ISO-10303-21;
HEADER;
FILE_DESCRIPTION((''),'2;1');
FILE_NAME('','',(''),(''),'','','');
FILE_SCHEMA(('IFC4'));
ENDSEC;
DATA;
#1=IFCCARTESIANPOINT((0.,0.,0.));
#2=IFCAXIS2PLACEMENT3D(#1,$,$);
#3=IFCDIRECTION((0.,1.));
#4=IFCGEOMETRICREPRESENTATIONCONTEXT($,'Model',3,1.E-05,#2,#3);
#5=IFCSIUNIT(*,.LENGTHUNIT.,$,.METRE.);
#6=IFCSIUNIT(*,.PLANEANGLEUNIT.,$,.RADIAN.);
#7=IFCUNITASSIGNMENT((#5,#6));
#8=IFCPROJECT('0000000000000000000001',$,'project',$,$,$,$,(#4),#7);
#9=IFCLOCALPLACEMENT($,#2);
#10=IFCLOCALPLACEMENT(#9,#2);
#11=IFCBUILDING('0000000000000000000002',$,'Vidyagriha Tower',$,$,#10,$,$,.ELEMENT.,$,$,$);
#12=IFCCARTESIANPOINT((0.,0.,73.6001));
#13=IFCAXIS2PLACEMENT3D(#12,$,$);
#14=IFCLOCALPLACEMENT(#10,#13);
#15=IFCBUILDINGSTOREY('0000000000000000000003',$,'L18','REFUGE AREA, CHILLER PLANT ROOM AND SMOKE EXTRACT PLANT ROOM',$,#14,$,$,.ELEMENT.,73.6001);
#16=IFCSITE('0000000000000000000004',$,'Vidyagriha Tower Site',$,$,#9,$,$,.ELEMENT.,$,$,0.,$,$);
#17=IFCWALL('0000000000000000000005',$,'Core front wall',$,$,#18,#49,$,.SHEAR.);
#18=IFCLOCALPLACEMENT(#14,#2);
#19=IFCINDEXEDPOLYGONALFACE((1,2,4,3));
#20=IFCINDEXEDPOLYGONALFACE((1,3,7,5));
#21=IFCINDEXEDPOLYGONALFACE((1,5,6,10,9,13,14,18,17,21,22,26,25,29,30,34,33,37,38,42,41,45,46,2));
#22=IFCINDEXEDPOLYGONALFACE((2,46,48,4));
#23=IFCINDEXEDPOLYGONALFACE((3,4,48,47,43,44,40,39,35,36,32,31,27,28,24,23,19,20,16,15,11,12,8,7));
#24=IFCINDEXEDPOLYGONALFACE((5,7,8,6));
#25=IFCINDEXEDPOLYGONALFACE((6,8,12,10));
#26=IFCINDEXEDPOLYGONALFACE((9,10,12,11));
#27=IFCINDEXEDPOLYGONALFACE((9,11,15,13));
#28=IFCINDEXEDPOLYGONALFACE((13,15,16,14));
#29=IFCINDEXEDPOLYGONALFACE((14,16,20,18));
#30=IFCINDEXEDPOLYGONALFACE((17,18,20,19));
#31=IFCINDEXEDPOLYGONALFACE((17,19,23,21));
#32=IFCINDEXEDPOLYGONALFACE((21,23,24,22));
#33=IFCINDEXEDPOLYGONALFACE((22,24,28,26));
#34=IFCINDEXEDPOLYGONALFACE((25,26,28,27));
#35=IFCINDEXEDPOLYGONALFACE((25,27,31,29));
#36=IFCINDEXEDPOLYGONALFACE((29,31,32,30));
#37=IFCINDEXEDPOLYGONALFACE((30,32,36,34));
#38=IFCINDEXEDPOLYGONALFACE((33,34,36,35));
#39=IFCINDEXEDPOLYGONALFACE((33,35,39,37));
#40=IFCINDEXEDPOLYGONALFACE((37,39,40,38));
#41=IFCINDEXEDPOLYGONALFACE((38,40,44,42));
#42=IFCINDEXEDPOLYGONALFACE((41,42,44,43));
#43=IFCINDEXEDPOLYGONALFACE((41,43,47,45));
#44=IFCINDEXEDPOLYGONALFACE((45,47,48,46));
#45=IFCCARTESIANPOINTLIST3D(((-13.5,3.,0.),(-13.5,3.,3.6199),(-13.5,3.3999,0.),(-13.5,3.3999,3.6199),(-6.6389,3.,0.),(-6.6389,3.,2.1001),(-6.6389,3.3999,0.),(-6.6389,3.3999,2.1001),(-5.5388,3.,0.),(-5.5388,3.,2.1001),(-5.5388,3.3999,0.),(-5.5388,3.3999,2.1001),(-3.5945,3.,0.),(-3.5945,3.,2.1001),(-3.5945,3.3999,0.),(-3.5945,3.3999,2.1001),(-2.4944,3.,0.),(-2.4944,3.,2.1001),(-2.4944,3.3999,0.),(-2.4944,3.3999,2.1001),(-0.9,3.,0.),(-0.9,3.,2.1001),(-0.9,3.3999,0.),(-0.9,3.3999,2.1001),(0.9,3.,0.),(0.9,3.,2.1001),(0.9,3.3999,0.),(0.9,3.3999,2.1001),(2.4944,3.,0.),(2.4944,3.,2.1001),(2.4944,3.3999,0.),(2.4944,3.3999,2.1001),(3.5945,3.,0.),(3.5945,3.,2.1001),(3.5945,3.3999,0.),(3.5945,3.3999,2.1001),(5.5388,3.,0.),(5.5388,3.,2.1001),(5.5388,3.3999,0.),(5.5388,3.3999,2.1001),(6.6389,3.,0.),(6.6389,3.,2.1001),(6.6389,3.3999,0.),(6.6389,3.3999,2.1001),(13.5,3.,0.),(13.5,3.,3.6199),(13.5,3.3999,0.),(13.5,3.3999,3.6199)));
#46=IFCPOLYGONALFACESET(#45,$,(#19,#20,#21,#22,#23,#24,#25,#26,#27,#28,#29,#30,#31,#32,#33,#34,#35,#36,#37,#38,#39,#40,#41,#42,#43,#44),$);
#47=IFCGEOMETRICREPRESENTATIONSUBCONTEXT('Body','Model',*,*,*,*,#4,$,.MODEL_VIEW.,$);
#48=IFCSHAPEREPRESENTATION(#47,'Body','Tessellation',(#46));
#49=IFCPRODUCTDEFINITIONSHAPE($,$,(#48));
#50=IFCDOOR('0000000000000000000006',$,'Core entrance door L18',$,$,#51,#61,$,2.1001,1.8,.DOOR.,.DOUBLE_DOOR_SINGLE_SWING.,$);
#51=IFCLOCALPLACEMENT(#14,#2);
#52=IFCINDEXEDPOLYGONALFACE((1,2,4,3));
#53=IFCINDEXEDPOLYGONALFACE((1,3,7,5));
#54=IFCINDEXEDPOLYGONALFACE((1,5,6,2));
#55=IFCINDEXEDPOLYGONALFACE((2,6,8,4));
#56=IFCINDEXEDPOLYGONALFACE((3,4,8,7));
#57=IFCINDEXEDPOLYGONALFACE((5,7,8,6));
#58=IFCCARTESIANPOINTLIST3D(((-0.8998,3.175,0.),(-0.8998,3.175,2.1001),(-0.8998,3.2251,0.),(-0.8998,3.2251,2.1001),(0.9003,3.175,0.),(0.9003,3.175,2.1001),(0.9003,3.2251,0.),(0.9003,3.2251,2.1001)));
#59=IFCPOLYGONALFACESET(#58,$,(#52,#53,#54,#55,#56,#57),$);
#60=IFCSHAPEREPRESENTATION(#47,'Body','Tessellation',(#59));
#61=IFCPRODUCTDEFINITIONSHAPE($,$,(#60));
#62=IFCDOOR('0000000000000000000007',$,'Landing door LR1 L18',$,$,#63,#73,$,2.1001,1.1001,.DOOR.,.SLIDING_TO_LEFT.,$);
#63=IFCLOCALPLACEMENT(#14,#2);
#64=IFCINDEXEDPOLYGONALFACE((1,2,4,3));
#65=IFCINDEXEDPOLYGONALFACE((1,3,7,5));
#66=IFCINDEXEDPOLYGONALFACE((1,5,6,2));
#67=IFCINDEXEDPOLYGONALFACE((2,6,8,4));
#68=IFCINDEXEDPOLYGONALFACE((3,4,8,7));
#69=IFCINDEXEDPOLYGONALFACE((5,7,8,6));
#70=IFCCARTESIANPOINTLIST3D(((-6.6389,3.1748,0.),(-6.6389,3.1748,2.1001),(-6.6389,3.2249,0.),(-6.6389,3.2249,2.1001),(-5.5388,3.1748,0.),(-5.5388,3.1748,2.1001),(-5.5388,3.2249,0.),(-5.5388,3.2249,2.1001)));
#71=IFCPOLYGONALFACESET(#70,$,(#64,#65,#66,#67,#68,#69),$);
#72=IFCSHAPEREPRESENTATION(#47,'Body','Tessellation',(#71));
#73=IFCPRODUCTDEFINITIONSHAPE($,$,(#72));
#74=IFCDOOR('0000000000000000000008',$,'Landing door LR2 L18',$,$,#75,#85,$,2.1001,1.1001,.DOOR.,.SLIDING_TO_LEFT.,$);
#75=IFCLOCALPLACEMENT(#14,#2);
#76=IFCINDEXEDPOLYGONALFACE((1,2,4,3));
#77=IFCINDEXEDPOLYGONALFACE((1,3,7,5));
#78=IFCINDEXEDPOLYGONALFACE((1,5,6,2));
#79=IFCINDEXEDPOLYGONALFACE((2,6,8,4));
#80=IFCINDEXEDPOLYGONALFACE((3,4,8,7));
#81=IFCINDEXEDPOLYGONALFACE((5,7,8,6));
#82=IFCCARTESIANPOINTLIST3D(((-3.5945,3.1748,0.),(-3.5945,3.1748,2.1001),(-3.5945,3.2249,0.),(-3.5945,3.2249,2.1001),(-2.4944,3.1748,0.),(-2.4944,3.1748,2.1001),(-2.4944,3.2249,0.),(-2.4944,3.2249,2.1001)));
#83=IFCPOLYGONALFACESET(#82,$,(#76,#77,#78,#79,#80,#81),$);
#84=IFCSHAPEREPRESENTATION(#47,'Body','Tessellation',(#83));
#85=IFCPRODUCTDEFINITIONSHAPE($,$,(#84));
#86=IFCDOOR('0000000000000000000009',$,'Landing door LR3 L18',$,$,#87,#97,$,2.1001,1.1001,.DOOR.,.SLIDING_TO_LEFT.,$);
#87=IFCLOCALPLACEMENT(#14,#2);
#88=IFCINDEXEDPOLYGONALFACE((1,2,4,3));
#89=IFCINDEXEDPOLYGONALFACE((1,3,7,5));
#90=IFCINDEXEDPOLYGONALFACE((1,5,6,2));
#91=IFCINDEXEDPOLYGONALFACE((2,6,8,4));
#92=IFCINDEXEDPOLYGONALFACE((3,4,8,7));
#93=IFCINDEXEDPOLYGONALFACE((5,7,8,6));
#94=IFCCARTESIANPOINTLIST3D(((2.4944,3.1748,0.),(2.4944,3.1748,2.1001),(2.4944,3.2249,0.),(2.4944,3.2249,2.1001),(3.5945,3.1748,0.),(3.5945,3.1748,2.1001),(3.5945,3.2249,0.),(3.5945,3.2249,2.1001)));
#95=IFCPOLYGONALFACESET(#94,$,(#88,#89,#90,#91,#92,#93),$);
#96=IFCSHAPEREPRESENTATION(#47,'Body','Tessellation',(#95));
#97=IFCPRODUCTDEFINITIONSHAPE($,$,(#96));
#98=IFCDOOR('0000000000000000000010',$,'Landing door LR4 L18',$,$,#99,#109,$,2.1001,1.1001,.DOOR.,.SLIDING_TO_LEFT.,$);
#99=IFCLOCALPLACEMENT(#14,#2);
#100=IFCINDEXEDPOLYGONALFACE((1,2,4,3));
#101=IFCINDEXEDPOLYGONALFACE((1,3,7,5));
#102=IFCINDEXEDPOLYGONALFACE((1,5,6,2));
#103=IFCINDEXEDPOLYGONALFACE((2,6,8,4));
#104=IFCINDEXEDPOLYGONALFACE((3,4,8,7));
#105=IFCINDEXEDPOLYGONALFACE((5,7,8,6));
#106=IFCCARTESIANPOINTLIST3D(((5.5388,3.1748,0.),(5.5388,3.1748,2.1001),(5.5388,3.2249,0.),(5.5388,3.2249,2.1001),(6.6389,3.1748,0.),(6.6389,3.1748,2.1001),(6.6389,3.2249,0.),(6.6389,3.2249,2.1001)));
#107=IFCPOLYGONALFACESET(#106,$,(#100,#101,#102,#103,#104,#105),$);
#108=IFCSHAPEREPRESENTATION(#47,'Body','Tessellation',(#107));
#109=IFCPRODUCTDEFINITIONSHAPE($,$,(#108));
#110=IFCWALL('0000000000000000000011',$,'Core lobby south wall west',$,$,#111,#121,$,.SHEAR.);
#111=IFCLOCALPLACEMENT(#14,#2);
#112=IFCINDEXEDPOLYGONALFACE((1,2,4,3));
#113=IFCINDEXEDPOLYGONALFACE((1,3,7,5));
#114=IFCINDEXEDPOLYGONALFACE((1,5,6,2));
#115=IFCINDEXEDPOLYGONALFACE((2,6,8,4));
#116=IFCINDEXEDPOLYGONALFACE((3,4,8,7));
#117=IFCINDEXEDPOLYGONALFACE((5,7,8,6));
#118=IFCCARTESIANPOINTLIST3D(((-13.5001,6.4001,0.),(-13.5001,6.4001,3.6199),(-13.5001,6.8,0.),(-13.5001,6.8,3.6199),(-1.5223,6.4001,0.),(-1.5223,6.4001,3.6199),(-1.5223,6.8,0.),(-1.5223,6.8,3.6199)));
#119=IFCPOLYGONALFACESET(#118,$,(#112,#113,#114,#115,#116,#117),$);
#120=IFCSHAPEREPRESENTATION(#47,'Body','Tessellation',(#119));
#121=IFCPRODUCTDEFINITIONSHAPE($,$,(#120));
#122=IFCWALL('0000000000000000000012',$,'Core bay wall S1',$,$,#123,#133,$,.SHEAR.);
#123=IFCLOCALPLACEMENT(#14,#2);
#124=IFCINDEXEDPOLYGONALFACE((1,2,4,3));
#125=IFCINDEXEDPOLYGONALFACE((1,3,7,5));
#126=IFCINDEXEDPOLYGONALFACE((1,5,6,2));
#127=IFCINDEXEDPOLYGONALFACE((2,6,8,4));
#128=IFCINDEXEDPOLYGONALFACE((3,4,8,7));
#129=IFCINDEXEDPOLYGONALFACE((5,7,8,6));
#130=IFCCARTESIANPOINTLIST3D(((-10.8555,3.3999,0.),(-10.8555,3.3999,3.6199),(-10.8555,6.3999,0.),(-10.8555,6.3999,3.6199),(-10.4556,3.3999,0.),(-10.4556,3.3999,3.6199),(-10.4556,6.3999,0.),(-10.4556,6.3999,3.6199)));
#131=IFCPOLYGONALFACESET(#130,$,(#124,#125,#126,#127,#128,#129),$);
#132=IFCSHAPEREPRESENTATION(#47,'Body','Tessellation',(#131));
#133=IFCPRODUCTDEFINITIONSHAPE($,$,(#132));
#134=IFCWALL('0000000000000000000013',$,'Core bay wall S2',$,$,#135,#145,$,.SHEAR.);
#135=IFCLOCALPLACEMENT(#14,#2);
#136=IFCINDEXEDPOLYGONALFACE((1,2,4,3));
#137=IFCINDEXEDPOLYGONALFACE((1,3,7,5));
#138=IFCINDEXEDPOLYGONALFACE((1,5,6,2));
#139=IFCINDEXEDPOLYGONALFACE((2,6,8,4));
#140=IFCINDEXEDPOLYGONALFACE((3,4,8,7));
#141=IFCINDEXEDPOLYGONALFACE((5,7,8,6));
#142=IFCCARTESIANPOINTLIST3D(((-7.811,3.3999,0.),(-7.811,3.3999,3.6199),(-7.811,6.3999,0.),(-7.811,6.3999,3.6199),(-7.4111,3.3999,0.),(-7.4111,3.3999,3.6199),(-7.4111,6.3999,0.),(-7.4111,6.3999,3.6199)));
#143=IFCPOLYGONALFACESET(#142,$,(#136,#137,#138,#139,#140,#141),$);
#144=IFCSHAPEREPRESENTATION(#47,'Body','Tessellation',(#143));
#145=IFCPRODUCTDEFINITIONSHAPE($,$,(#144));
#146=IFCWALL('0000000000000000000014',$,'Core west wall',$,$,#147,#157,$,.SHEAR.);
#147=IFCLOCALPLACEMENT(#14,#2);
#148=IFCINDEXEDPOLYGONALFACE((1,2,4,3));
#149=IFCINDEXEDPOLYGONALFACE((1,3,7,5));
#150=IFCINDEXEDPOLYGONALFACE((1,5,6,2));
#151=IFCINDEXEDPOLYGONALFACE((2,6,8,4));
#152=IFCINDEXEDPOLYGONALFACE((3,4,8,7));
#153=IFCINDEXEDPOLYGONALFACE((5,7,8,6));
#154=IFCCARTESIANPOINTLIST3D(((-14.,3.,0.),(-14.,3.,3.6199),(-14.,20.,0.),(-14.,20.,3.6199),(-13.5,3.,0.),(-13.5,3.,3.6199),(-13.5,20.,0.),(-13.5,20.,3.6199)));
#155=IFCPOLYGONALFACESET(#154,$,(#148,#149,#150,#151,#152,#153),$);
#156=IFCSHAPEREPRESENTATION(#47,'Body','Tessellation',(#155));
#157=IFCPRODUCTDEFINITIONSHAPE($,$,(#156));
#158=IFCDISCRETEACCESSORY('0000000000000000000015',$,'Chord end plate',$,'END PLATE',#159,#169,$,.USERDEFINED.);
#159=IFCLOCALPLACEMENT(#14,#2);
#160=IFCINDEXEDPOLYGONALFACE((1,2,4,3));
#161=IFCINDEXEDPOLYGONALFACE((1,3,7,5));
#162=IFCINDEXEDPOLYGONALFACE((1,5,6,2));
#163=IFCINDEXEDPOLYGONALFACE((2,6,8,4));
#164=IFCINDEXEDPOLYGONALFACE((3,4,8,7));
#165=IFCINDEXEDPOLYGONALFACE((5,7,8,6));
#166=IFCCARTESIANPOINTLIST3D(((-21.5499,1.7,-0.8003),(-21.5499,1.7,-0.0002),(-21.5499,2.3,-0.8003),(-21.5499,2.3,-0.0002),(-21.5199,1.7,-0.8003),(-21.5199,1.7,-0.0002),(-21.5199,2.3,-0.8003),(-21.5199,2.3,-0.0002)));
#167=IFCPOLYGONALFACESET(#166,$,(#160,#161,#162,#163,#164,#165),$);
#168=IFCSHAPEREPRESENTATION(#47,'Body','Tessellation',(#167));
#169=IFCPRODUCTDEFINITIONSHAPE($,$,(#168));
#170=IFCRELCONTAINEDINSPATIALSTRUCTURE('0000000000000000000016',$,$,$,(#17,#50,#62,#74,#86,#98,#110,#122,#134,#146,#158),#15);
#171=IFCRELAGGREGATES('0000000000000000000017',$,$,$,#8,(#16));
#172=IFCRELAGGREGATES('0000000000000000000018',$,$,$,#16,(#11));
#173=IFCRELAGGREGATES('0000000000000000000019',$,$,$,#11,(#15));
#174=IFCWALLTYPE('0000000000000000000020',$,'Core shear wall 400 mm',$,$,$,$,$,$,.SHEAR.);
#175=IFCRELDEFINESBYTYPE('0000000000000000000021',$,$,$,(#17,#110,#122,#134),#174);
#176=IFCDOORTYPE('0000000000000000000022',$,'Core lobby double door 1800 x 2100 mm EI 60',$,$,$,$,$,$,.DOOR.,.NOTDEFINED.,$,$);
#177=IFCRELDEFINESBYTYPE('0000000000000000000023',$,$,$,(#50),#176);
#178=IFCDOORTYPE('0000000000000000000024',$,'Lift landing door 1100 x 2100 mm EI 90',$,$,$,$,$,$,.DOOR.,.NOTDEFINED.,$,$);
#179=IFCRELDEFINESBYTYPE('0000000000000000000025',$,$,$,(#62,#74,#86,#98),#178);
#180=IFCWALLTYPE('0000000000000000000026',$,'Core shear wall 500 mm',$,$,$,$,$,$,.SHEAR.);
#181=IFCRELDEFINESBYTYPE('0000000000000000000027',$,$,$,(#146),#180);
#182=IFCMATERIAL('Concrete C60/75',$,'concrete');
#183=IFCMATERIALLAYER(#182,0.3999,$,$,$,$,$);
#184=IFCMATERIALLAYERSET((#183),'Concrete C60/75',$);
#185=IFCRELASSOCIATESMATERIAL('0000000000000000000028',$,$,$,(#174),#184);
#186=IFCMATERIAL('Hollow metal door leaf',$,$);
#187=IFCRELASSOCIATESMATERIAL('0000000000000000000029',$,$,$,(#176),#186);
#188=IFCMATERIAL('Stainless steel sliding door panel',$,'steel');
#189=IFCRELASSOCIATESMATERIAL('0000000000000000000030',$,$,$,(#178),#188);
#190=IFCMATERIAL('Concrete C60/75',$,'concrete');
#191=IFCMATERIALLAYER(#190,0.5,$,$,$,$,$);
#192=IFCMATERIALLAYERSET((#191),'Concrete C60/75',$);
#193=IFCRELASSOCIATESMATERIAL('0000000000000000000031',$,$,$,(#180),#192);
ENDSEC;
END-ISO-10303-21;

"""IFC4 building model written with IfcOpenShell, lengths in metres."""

from ifc_helpers import new_model, si_unit, direction, frame, frame_2d, origin, origin_2d, place, context, subcontext, project, spatial, rectangle, extrude, material, layer, layer_set, type_object, element, fill, save


model = new_model("IFC4")

# Units and contexts
model_context = context("Model", 3, precision=1e-05, world=origin(), true_north=direction((0.0, 1.0)))
body_context = subcontext(model_context, "Body", "Model", "MODEL_VIEW")
ifc_project = project(units=[si_unit("LENGTHUNIT", "METRE"), si_unit("PLANEANGLEUNIT", "RADIAN")], contexts=[model_context])

# Site, building, storey
site_placement = place(None, origin())
site = spatial("IfcSite", under=ifc_project, at=site_placement, Name="Vidyagriha Tower Site", CompositionType="ELEMENT", RefElevation=0.0)
building_placement = place(site_placement, origin())
building = spatial("IfcBuilding", under=site, at=building_placement, Name="Vidyagriha Tower", CompositionType="ELEMENT")
storey_placement = place(building_placement, frame((0.0, 0.0, 73.6001)))
storey = spatial("IfcBuildingStorey", under=building, at=storey_placement, Name="L18", Description="REFUGE AREA, CHILLER PLANT ROOM AND SMOKE EXTRACT PLANT ROOM", CompositionType="ELEMENT", Elevation=73.6001)

# Wall, openings, doors
ifc_material_1 = material(Name="Concrete C60/75", Category="concrete")
ifc_layer_1 = layer(ifc_material_1, 0.3999)
ifc_layer_set_1 = layer_set([ifc_layer_1], Name="Concrete C60/75")
wall_type_1 = type_object("IfcWallType", Name="Core shear wall 400 mm", PredefinedType="SHEAR", material=ifc_layer_set_1)
wall_1_placement = place(storey_placement, frame((-13.5, 3.2, 0.0)))
wall_1 = element("IfcWall", 1, at=wall_1_placement, inside=storey, type_object=wall_type_1, Name="Core front wall", PredefinedType="SHEAR", context=body_context, shape_type="SweptSolid", body=[
    extrude(rectangle(XDim=27.0, YDim=0.3999, at=frame_2d((13.5, 0.0))), origin(), (0.0, 0.0, 1.0), 3.6199),
])
opening_1_placement = place(wall_1_placement, frame((6.8611, 0.0, 0.0)))
opening_1 = element("IfcOpeningElement", 2, at=opening_1_placement, cuts=wall_1, PredefinedType="OPENING", context=body_context, shape_type="SweptSolid", body=[
    extrude(rectangle(XDim=1.1001, YDim=2.1001, at=frame_2d((0.55, 1.05))), frame((0.0, 0.21, 0.0), z_axis=(0.0, -1.0, 0.0), x_axis=(1.0, 0.0, 0.0)), (0.0, 0.0, 1.0), 0.4199),
])
opening_2_placement = place(wall_1_placement, frame((9.9055, 0.0, 0.0)))
opening_2 = element("IfcOpeningElement", 3, at=opening_2_placement, cuts=wall_1, PredefinedType="OPENING", context=body_context, shape_type="SweptSolid", body=[
    extrude(rectangle(XDim=1.1001, YDim=2.1001, at=frame_2d((0.55, 1.05))), frame((0.0, 0.21, 0.0), z_axis=(0.0, -1.0, 0.0), x_axis=(1.0, 0.0, 0.0)), (0.0, 0.0, 1.0), 0.4199),
])
opening_3_placement = place(wall_1_placement, frame((15.9944, 0.0, 0.0)))
opening_3 = element("IfcOpeningElement", 4, at=opening_3_placement, cuts=wall_1, PredefinedType="OPENING", context=body_context, shape_type="SweptSolid", body=[
    extrude(rectangle(XDim=1.1001, YDim=2.1001, at=frame_2d((0.55, 1.05))), frame((0.0, 0.21, 0.0), z_axis=(0.0, -1.0, 0.0), x_axis=(1.0, 0.0, 0.0)), (0.0, 0.0, 1.0), 0.4199),
])
opening_4_placement = place(wall_1_placement, frame((19.0388, 0.0, 0.0)))
opening_4 = element("IfcOpeningElement", 5, at=opening_4_placement, cuts=wall_1, PredefinedType="OPENING", context=body_context, shape_type="SweptSolid", body=[
    extrude(rectangle(XDim=1.1001, YDim=2.1001, at=frame_2d((0.55, 1.05))), frame((0.0, 0.21, 0.0), z_axis=(0.0, -1.0, 0.0), x_axis=(1.0, 0.0, 0.0)), (0.0, 0.0, 1.0), 0.4199),
])
opening_5_placement = place(wall_1_placement, frame((12.6001, 0.0, 0.0)))
opening_5 = element("IfcOpeningElement", 6, at=opening_5_placement, cuts=wall_1, PredefinedType="OPENING", context=body_context, shape_type="SweptSolid", body=[
    extrude(rectangle(XDim=1.8, YDim=2.1001, at=frame_2d((0.8999, 1.05))), frame((0.0, 0.21, 0.0), z_axis=(0.0, -1.0, 0.0), x_axis=(1.0, 0.0, 0.0)), (0.0, 0.0, 1.0), 0.4199),
])
ifc_material_2 = material(Name="Hollow metal door leaf")
door_type_1 = type_object("IfcDoorType", Name="Core lobby double door 1800 x 2100 mm EI 60", OperationType="NOTDEFINED", PredefinedType="DOOR", material=ifc_material_2)
door_1_placement = place(opening_5_placement, frame((1.8, 0.0, 0.0), z_axis=(0.0, 0.0, 1.0), x_axis=(-1.0, 0.0, 0.0)))
door_1 = element("IfcDoor", 7, at=door_1_placement, inside=storey, type_object=door_type_1, Name="Core entrance door L18", OperationType="DOUBLE_DOOR_SINGLE_SWING", OverallHeight=2.1001, OverallWidth=1.8, PredefinedType="DOOR", context=body_context, shape_type="SweptSolid", body=[
    extrude(rectangle(XDim=1.8, YDim=2.1001, at=frame_2d((0.8999, 1.05))), frame((0.0, 0.0249, 0.0), z_axis=(0.0, -1.0, 0.0), x_axis=(1.0, 0.0, 0.0)), (0.0, 0.0, 1.0), 0.05),
])
fill(opening_5, door_1)
ifc_material_3 = material(Name="Stainless steel sliding door panel", Category="steel")
door_type_2 = type_object("IfcDoorType", Name="Lift landing door 1100 x 2100 mm EI 90", OperationType="NOTDEFINED", PredefinedType="DOOR", material=ifc_material_3)
door_2_placement = place(opening_1_placement, origin())
door_2 = element("IfcDoor", 8, at=door_2_placement, inside=storey, type_object=door_type_2, Name="Landing door LR1 L18", OperationType="SLIDING_TO_LEFT", OverallHeight=2.1001, OverallWidth=1.1001, PredefinedType="DOOR", context=body_context, shape_type="SweptSolid", body=[
    extrude(rectangle(XDim=1.1001, YDim=2.1001, at=frame_2d((0.55, 1.05))), frame((0.0, 0.0249, 0.0), z_axis=(0.0, -1.0, 0.0), x_axis=(1.0, 0.0, 0.0)), (0.0, 0.0, 1.0), 0.05),
])
fill(opening_1, door_2)
door_3_placement = place(opening_2_placement, origin())
door_3 = element("IfcDoor", 9, at=door_3_placement, inside=storey, type_object=door_type_2, Name="Landing door LR2 L18", OperationType="SLIDING_TO_LEFT", OverallHeight=2.1001, OverallWidth=1.1001, PredefinedType="DOOR", context=body_context, shape_type="SweptSolid", body=[
    extrude(rectangle(XDim=1.1001, YDim=2.1001, at=frame_2d((0.55, 1.05))), frame((0.0, 0.0249, 0.0), z_axis=(0.0, -1.0, 0.0), x_axis=(1.0, 0.0, 0.0)), (0.0, 0.0, 1.0), 0.05),
])
fill(opening_2, door_3)
door_4_placement = place(opening_3_placement, origin())
door_4 = element("IfcDoor", 10, at=door_4_placement, inside=storey, type_object=door_type_2, Name="Landing door LR3 L18", OperationType="SLIDING_TO_LEFT", OverallHeight=2.1001, OverallWidth=1.1001, PredefinedType="DOOR", context=body_context, shape_type="SweptSolid", body=[
    extrude(rectangle(XDim=1.1001, YDim=2.1001, at=frame_2d((0.55, 1.05))), frame((0.0, 0.0249, 0.0), z_axis=(0.0, -1.0, 0.0), x_axis=(1.0, 0.0, 0.0)), (0.0, 0.0, 1.0), 0.05),
])
fill(opening_3, door_4)
door_5_placement = place(opening_4_placement, origin())
door_5 = element("IfcDoor", 11, at=door_5_placement, inside=storey, type_object=door_type_2, Name="Landing door LR4 L18", OperationType="SLIDING_TO_LEFT", OverallHeight=2.1001, OverallWidth=1.1001, PredefinedType="DOOR", context=body_context, shape_type="SweptSolid", body=[
    extrude(rectangle(XDim=1.1001, YDim=2.1001, at=frame_2d((0.55, 1.05))), frame((0.0, 0.0249, 0.0), z_axis=(0.0, -1.0, 0.0), x_axis=(1.0, 0.0, 0.0)), (0.0, 0.0, 1.0), 0.05),
])
fill(opening_4, door_5)

# Walls
wall_2_placement = place(storey_placement, frame((-13.5, 6.6001, 0.0)))
element("IfcWall", 12, at=wall_2_placement, inside=storey, type_object=wall_type_1, Name="Core lobby south wall west", PredefinedType="SHEAR", context=body_context, shape_type="SweptSolid", body=[
    extrude(rectangle(XDim=11.9778, YDim=0.3999, at=frame_2d((5.9888, 0.0))), origin(), (0.0, 0.0, 1.0), 3.6199),
])
for number, where, z_axis, x_axis, name in (
    (13, (-10.6555, 3.3999, 0.0), (0.0, 0.0, 1.0), (0.0, 1.0, 0.0), "Core bay wall S1"),
    (14, (-7.6111, 3.3999, 0.0), (0.0, 0.0, 1.0), (0.0, 1.0, 0.0), "Core bay wall S2"),
):
    element("IfcWall", number, at=place(storey_placement, frame(where, z_axis=z_axis, x_axis=x_axis)), inside=storey, type_object=wall_type_1, Name=name, PredefinedType="SHEAR", context=body_context, shape_type="SweptSolid", body=[
        extrude(rectangle(XDim=3.0, YDim=0.3999, at=frame_2d((1.5, 0.0))), origin(), (0.0, 0.0, 1.0), 3.6199),
    ])
ifc_material_4 = material(Name="Concrete C60/75", Category="concrete")
ifc_layer_2 = layer(ifc_material_4, 0.5)
ifc_layer_set_2 = layer_set([ifc_layer_2], Name="Concrete C60/75")
wall_type_2 = type_object("IfcWallType", Name="Core shear wall 500 mm", PredefinedType="SHEAR", material=ifc_layer_set_2)
wall_3_placement = place(storey_placement, frame((-13.75, 3.0, 0.0), z_axis=(0.0, 0.0, 1.0), x_axis=(0.0, 1.0, 0.0)))
element("IfcWall", 15, at=wall_3_placement, inside=storey, type_object=wall_type_2, Name="Core west wall", PredefinedType="SHEAR", context=body_context, shape_type="SweptSolid", body=[
    extrude(rectangle(XDim=17.0, YDim=0.5, at=frame_2d((8.5, 0.0))), origin(), (0.0, 0.0, 1.0), 3.6199),
])

# Discrete accessory
discrete_accessory_1_placement = place(storey_placement, frame((-21.5349, 2.0, -0.8003)))
element("IfcDiscreteAccessory", 16, at=discrete_accessory_1_placement, inside=storey, Name="Chord end plate", ObjectType="END PLATE", PredefinedType="USERDEFINED", context=body_context, shape_type="SweptSolid", body=[
    extrude(rectangle(XDim=0.03, YDim=0.6001, at=origin_2d()), origin(), (0.0, 0.0, 1.0), 0.8),
])

save(model, "model.ifc")
